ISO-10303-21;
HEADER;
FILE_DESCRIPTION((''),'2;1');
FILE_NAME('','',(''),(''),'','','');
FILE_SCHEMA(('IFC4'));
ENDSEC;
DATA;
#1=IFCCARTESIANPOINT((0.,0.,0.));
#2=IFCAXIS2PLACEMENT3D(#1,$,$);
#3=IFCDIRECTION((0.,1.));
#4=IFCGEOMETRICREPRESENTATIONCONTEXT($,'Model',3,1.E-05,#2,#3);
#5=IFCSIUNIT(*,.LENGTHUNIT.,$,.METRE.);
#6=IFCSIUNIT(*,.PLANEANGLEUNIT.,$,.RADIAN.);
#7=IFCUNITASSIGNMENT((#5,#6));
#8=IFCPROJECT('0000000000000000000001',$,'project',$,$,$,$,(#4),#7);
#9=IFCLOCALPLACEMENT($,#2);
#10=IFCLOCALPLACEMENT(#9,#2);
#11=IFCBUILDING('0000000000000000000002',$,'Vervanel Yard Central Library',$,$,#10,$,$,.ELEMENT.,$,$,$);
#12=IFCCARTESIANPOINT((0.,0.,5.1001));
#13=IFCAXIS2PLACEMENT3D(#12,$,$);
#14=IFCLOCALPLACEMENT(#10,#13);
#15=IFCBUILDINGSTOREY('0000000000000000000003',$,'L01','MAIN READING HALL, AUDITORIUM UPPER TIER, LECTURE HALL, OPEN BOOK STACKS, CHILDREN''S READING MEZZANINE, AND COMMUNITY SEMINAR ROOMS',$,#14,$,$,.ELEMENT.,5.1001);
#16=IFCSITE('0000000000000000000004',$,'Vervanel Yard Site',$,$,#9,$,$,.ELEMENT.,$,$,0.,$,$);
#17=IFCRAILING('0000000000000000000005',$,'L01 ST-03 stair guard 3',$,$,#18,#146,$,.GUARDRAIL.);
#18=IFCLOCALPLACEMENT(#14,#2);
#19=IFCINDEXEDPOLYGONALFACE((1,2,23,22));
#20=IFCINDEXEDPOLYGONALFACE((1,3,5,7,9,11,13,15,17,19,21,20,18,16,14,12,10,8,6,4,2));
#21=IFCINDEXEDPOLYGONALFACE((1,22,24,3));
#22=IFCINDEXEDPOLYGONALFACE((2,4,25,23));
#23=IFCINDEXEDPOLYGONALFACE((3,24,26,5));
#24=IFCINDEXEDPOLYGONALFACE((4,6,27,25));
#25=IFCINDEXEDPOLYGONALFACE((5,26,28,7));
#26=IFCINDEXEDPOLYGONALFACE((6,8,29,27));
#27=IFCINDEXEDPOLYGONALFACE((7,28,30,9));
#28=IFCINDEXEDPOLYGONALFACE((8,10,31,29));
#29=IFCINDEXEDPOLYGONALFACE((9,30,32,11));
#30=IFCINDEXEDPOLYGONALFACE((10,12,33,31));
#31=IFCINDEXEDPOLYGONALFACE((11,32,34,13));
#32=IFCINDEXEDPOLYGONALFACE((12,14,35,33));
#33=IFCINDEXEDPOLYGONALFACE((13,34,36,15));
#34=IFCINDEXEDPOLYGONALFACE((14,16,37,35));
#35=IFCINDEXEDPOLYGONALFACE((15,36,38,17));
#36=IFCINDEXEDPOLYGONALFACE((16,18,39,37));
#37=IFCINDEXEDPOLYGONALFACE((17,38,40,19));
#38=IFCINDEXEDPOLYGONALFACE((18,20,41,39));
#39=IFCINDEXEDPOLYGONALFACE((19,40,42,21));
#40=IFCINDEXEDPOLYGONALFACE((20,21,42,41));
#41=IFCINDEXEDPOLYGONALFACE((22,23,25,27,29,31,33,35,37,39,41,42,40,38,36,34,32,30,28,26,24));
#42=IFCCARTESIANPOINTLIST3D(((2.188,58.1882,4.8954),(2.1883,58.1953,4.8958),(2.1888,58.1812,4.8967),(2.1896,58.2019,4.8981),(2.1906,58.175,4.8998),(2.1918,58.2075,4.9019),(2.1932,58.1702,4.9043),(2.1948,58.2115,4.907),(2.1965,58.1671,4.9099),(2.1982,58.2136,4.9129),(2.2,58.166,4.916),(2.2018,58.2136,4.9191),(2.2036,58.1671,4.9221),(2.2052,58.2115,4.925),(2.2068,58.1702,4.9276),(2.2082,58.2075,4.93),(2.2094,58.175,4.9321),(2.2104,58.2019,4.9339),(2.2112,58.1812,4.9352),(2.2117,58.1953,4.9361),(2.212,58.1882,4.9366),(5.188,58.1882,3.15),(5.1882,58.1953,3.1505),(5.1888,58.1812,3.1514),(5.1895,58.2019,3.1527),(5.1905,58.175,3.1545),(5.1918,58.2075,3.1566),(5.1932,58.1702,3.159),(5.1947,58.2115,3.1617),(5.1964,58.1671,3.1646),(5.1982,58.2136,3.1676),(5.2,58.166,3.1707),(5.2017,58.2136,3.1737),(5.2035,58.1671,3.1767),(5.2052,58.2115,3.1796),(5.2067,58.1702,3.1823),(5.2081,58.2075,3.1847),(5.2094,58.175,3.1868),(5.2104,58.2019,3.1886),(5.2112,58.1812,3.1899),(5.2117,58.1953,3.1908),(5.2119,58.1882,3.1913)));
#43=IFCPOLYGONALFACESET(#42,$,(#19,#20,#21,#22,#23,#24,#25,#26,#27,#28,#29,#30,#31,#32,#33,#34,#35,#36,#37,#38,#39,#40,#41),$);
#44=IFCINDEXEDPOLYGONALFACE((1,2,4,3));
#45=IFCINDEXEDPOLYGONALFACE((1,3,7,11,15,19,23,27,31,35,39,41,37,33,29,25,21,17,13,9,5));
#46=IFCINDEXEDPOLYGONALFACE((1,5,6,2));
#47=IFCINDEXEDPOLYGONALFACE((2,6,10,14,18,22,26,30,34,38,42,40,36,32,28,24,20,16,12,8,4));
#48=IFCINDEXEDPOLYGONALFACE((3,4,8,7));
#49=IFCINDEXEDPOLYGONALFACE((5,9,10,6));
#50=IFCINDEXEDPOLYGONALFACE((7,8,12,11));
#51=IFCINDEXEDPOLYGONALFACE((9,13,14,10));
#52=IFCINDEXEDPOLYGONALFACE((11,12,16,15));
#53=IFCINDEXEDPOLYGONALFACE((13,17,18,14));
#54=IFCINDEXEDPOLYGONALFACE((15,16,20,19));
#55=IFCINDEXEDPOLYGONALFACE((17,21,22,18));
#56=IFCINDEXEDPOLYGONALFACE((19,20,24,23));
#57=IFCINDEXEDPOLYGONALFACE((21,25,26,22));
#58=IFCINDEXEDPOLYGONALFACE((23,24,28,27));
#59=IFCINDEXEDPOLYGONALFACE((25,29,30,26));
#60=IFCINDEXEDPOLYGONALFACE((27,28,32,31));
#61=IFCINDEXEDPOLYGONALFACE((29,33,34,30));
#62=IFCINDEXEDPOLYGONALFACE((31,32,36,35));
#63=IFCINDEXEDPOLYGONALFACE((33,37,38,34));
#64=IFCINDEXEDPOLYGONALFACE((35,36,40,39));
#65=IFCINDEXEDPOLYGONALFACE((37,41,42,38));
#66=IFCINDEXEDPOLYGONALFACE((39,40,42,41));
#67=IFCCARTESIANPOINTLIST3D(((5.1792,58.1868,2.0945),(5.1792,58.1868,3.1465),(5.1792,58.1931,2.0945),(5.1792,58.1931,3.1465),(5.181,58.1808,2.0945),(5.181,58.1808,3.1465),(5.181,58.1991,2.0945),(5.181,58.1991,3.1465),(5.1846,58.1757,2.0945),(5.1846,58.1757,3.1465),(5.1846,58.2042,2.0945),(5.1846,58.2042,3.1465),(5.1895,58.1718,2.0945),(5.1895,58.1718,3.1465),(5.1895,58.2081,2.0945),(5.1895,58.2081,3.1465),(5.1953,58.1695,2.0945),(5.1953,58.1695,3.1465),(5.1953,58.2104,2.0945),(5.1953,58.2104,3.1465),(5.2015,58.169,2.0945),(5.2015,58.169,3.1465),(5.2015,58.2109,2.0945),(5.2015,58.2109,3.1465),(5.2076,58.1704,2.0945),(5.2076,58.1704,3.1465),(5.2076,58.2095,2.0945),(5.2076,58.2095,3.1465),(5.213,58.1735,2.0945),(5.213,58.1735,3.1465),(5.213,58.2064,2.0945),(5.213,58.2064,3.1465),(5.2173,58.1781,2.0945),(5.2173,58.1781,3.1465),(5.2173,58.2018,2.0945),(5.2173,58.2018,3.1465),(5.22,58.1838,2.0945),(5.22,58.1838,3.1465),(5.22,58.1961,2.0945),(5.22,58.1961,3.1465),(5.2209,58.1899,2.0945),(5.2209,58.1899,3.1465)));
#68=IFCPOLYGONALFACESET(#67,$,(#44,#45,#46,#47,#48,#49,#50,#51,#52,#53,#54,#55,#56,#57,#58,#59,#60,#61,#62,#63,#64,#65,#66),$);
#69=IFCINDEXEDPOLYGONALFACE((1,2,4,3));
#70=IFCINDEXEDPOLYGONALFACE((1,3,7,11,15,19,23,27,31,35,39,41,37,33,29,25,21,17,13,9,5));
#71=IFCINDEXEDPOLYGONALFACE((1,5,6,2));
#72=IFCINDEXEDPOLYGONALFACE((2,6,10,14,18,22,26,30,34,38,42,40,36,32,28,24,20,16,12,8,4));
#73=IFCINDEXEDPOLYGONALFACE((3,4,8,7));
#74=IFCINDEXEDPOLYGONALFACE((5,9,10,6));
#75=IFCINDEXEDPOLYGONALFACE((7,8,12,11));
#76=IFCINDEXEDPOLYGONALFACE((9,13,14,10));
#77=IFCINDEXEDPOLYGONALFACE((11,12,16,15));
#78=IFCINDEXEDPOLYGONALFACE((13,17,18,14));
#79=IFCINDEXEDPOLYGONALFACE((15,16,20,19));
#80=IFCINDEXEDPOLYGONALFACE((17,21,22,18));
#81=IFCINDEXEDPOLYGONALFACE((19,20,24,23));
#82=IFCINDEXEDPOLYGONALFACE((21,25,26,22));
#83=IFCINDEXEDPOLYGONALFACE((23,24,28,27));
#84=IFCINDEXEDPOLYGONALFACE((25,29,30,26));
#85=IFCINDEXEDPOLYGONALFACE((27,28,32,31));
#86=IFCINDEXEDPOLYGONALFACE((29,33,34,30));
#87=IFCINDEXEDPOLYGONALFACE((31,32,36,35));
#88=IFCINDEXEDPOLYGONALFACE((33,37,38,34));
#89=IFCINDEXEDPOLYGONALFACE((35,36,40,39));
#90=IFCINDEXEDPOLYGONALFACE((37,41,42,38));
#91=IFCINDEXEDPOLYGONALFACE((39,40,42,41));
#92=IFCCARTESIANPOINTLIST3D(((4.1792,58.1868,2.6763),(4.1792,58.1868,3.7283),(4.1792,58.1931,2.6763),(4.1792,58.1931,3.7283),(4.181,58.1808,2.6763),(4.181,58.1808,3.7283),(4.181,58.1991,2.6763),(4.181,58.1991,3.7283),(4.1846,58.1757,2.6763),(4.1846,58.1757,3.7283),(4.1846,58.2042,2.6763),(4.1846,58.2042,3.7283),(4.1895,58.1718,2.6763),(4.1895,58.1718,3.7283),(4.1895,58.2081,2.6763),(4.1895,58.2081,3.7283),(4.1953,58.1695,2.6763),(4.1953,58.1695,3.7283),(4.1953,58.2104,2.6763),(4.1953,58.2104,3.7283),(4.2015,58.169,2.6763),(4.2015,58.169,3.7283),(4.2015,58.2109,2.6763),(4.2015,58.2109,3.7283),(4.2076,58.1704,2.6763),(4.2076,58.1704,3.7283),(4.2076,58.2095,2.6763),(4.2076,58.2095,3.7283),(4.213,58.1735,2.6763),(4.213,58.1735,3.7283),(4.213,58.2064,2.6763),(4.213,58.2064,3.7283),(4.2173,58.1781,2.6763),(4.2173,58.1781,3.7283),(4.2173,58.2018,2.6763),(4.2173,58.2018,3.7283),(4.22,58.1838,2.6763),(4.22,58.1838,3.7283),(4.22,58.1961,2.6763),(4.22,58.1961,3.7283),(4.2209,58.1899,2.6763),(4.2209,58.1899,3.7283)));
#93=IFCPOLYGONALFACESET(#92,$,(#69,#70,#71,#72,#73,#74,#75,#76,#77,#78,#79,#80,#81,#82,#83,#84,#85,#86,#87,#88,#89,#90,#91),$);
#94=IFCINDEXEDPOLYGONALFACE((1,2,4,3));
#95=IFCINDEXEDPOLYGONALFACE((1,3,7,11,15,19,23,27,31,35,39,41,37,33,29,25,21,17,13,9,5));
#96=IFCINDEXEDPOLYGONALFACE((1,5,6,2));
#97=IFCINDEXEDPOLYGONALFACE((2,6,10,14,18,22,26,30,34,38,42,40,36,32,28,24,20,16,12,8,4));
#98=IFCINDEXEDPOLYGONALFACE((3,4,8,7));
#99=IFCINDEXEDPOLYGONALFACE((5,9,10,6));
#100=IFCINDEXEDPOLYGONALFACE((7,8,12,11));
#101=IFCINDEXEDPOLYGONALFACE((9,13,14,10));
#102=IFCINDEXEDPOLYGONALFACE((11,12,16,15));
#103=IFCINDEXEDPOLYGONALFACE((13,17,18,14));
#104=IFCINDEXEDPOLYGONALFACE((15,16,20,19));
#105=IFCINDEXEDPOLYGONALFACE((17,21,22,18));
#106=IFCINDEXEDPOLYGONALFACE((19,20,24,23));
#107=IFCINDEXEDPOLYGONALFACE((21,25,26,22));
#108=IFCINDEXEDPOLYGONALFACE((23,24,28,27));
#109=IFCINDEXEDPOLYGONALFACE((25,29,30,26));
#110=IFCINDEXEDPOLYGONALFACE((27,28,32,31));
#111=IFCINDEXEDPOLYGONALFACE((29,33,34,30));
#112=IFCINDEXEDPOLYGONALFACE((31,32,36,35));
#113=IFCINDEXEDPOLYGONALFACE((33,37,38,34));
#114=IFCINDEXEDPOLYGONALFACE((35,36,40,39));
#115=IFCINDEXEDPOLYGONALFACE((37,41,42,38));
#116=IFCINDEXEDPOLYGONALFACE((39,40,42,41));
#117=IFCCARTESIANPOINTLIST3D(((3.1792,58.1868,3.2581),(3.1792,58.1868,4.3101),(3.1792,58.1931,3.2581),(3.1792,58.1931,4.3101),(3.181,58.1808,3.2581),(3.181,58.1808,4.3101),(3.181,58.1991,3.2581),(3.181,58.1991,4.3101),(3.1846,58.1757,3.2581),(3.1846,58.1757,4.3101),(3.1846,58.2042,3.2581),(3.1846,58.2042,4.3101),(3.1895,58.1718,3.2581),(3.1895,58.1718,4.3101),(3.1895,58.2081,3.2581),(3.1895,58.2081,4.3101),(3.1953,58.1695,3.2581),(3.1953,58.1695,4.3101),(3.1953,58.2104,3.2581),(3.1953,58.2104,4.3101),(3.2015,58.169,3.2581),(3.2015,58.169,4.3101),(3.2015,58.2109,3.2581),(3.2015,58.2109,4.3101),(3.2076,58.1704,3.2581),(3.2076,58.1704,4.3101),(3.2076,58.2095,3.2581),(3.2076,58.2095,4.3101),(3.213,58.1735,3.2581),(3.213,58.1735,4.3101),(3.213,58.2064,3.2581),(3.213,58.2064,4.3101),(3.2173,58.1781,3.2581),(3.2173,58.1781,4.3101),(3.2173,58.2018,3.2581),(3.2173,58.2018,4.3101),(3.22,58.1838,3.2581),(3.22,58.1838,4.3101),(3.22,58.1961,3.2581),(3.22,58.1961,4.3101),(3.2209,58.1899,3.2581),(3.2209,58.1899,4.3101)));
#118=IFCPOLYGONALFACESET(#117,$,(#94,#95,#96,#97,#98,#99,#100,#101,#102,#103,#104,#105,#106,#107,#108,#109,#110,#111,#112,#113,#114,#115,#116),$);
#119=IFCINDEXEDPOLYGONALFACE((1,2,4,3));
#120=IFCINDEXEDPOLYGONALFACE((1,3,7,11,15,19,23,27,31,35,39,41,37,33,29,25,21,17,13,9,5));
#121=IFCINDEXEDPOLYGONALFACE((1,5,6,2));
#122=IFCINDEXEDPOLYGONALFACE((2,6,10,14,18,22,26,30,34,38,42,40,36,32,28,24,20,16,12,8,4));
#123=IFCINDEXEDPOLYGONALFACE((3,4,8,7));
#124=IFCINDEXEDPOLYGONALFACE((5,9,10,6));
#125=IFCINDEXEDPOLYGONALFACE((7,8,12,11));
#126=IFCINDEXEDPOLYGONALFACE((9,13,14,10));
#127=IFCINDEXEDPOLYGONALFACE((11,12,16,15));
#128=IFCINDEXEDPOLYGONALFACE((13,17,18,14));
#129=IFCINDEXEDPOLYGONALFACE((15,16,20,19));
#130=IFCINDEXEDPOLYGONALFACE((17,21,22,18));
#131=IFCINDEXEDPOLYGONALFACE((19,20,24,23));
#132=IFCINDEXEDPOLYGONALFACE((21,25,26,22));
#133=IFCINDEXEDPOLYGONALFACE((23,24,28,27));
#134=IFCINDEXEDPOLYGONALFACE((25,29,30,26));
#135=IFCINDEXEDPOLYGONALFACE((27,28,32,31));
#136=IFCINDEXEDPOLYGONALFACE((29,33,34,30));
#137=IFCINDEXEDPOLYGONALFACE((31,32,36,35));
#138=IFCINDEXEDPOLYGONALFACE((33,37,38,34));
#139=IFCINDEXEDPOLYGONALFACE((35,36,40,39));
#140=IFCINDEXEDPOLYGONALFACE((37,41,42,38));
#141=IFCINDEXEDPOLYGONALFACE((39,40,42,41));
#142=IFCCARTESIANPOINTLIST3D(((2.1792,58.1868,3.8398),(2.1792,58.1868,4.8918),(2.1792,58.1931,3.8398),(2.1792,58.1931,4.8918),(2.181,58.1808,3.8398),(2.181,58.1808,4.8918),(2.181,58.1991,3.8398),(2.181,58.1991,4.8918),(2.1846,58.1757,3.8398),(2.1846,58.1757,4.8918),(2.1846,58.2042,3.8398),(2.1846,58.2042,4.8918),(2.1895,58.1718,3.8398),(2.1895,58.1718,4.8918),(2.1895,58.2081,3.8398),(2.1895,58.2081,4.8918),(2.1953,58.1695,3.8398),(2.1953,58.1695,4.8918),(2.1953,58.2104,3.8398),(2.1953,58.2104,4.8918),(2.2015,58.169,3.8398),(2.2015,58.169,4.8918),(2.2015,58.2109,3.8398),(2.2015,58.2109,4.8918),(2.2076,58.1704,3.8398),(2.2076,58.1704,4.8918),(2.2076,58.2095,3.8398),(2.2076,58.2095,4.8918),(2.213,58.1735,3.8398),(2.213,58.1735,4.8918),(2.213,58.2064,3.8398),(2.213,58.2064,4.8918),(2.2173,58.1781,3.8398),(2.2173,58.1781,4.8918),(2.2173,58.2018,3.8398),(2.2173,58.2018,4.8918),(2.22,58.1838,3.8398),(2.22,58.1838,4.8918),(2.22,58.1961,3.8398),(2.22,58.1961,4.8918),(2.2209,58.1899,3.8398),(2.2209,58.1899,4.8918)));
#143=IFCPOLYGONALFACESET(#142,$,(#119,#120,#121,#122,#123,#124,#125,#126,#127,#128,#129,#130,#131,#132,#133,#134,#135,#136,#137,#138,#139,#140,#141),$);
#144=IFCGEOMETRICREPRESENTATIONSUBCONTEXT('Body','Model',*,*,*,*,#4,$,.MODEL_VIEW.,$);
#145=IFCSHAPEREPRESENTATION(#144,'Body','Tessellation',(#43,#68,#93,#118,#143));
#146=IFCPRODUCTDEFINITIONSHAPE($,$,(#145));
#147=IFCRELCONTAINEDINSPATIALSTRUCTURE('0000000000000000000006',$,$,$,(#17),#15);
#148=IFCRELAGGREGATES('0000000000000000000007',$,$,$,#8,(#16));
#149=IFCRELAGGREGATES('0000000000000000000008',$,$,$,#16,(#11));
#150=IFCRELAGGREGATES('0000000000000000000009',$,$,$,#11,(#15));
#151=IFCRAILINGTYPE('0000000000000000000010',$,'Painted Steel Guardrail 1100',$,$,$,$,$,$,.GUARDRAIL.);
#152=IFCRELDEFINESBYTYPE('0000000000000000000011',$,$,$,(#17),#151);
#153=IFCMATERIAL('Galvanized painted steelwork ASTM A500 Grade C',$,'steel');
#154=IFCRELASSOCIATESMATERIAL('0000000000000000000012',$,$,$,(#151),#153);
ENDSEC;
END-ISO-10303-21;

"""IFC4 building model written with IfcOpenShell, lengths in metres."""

from ifc_helpers import new_model, si_unit, direction, frame, origin, origin_2d, place, context, subcontext, project, spatial, circle, extrude, material, type_object, element, save


model = new_model("IFC4")

# Units and contexts
model_context = context("Model", 3, precision=1e-05, world=origin(), true_north=direction((0.0, 1.0)))
body_context = subcontext(model_context, "Body", "Model", "MODEL_VIEW")
ifc_project = project(units=[si_unit("LENGTHUNIT", "METRE"), si_unit("PLANEANGLEUNIT", "RADIAN")], contexts=[model_context])

# Site, building, storey
site_placement = place(None, origin())
site = spatial("IfcSite", under=ifc_project, at=site_placement, Name="Vervanel Yard Site", CompositionType="ELEMENT", RefElevation=0.0)
building_placement = place(site_placement, origin())
building = spatial("IfcBuilding", under=site, at=building_placement, Name="Vervanel Yard Central Library", CompositionType="ELEMENT")
storey_placement = place(building_placement, frame((0.0, 0.0, 5.1001)))
storey = spatial("IfcBuildingStorey", under=building, at=storey_placement, Name="L01", Description="MAIN READING HALL, AUDITORIUM UPPER TIER, LECTURE HALL, OPEN BOOK STACKS, CHILDREN'S READING MEZZANINE, AND COMMUNITY SEMINAR ROOMS", CompositionType="ELEMENT", Elevation=5.1001)

# Shared definitions
ifc_material_1 = material(Name="Galvanized painted steelwork ASTM A500 Grade C", Category="steel")

# Railing
railing_type_1 = type_object("IfcRailingType", Name="Painted Steel Guardrail 1100", PredefinedType="GUARDRAIL", material=ifc_material_1)
railing_1_placement = place(storey_placement, frame((5.2, 58.1899, 2.0945)))
element("IfcRailing", 1, at=railing_1_placement, inside=storey, type_object=railing_type_1, Name="L01 ST-03 stair guard 3", PredefinedType="GUARDRAIL", context=body_context, shape_type="SweptSolid", body=[
    extrude(circle(Radius=0.0239, at=origin_2d()), frame((0.0, 0.0, 1.0762), z_axis=(-0.86436, 0.0, 0.502874), x_axis=(0.0, -1.0, 0.0)), (0.0, 0.0, 1.0), 3.4707),
    extrude(circle(Radius=0.021, at=origin_2d()), origin(), (0.0, 0.0, 1.0), 1.052),
    extrude(circle(Radius=0.021, at=origin_2d()), frame((-1.0, 0.0, 0.5818)), (0.0, 0.0, 1.0), 1.052),
    extrude(circle(Radius=0.021, at=origin_2d()), frame((-2.0, 0.0, 1.1636)), (0.0, 0.0, 1.0), 1.052),
    extrude(circle(Radius=0.021, at=origin_2d()), frame((-3.0, 0.0, 1.7454)), (0.0, 0.0, 1.0), 1.052),
])

save(model, "model.ifc")
